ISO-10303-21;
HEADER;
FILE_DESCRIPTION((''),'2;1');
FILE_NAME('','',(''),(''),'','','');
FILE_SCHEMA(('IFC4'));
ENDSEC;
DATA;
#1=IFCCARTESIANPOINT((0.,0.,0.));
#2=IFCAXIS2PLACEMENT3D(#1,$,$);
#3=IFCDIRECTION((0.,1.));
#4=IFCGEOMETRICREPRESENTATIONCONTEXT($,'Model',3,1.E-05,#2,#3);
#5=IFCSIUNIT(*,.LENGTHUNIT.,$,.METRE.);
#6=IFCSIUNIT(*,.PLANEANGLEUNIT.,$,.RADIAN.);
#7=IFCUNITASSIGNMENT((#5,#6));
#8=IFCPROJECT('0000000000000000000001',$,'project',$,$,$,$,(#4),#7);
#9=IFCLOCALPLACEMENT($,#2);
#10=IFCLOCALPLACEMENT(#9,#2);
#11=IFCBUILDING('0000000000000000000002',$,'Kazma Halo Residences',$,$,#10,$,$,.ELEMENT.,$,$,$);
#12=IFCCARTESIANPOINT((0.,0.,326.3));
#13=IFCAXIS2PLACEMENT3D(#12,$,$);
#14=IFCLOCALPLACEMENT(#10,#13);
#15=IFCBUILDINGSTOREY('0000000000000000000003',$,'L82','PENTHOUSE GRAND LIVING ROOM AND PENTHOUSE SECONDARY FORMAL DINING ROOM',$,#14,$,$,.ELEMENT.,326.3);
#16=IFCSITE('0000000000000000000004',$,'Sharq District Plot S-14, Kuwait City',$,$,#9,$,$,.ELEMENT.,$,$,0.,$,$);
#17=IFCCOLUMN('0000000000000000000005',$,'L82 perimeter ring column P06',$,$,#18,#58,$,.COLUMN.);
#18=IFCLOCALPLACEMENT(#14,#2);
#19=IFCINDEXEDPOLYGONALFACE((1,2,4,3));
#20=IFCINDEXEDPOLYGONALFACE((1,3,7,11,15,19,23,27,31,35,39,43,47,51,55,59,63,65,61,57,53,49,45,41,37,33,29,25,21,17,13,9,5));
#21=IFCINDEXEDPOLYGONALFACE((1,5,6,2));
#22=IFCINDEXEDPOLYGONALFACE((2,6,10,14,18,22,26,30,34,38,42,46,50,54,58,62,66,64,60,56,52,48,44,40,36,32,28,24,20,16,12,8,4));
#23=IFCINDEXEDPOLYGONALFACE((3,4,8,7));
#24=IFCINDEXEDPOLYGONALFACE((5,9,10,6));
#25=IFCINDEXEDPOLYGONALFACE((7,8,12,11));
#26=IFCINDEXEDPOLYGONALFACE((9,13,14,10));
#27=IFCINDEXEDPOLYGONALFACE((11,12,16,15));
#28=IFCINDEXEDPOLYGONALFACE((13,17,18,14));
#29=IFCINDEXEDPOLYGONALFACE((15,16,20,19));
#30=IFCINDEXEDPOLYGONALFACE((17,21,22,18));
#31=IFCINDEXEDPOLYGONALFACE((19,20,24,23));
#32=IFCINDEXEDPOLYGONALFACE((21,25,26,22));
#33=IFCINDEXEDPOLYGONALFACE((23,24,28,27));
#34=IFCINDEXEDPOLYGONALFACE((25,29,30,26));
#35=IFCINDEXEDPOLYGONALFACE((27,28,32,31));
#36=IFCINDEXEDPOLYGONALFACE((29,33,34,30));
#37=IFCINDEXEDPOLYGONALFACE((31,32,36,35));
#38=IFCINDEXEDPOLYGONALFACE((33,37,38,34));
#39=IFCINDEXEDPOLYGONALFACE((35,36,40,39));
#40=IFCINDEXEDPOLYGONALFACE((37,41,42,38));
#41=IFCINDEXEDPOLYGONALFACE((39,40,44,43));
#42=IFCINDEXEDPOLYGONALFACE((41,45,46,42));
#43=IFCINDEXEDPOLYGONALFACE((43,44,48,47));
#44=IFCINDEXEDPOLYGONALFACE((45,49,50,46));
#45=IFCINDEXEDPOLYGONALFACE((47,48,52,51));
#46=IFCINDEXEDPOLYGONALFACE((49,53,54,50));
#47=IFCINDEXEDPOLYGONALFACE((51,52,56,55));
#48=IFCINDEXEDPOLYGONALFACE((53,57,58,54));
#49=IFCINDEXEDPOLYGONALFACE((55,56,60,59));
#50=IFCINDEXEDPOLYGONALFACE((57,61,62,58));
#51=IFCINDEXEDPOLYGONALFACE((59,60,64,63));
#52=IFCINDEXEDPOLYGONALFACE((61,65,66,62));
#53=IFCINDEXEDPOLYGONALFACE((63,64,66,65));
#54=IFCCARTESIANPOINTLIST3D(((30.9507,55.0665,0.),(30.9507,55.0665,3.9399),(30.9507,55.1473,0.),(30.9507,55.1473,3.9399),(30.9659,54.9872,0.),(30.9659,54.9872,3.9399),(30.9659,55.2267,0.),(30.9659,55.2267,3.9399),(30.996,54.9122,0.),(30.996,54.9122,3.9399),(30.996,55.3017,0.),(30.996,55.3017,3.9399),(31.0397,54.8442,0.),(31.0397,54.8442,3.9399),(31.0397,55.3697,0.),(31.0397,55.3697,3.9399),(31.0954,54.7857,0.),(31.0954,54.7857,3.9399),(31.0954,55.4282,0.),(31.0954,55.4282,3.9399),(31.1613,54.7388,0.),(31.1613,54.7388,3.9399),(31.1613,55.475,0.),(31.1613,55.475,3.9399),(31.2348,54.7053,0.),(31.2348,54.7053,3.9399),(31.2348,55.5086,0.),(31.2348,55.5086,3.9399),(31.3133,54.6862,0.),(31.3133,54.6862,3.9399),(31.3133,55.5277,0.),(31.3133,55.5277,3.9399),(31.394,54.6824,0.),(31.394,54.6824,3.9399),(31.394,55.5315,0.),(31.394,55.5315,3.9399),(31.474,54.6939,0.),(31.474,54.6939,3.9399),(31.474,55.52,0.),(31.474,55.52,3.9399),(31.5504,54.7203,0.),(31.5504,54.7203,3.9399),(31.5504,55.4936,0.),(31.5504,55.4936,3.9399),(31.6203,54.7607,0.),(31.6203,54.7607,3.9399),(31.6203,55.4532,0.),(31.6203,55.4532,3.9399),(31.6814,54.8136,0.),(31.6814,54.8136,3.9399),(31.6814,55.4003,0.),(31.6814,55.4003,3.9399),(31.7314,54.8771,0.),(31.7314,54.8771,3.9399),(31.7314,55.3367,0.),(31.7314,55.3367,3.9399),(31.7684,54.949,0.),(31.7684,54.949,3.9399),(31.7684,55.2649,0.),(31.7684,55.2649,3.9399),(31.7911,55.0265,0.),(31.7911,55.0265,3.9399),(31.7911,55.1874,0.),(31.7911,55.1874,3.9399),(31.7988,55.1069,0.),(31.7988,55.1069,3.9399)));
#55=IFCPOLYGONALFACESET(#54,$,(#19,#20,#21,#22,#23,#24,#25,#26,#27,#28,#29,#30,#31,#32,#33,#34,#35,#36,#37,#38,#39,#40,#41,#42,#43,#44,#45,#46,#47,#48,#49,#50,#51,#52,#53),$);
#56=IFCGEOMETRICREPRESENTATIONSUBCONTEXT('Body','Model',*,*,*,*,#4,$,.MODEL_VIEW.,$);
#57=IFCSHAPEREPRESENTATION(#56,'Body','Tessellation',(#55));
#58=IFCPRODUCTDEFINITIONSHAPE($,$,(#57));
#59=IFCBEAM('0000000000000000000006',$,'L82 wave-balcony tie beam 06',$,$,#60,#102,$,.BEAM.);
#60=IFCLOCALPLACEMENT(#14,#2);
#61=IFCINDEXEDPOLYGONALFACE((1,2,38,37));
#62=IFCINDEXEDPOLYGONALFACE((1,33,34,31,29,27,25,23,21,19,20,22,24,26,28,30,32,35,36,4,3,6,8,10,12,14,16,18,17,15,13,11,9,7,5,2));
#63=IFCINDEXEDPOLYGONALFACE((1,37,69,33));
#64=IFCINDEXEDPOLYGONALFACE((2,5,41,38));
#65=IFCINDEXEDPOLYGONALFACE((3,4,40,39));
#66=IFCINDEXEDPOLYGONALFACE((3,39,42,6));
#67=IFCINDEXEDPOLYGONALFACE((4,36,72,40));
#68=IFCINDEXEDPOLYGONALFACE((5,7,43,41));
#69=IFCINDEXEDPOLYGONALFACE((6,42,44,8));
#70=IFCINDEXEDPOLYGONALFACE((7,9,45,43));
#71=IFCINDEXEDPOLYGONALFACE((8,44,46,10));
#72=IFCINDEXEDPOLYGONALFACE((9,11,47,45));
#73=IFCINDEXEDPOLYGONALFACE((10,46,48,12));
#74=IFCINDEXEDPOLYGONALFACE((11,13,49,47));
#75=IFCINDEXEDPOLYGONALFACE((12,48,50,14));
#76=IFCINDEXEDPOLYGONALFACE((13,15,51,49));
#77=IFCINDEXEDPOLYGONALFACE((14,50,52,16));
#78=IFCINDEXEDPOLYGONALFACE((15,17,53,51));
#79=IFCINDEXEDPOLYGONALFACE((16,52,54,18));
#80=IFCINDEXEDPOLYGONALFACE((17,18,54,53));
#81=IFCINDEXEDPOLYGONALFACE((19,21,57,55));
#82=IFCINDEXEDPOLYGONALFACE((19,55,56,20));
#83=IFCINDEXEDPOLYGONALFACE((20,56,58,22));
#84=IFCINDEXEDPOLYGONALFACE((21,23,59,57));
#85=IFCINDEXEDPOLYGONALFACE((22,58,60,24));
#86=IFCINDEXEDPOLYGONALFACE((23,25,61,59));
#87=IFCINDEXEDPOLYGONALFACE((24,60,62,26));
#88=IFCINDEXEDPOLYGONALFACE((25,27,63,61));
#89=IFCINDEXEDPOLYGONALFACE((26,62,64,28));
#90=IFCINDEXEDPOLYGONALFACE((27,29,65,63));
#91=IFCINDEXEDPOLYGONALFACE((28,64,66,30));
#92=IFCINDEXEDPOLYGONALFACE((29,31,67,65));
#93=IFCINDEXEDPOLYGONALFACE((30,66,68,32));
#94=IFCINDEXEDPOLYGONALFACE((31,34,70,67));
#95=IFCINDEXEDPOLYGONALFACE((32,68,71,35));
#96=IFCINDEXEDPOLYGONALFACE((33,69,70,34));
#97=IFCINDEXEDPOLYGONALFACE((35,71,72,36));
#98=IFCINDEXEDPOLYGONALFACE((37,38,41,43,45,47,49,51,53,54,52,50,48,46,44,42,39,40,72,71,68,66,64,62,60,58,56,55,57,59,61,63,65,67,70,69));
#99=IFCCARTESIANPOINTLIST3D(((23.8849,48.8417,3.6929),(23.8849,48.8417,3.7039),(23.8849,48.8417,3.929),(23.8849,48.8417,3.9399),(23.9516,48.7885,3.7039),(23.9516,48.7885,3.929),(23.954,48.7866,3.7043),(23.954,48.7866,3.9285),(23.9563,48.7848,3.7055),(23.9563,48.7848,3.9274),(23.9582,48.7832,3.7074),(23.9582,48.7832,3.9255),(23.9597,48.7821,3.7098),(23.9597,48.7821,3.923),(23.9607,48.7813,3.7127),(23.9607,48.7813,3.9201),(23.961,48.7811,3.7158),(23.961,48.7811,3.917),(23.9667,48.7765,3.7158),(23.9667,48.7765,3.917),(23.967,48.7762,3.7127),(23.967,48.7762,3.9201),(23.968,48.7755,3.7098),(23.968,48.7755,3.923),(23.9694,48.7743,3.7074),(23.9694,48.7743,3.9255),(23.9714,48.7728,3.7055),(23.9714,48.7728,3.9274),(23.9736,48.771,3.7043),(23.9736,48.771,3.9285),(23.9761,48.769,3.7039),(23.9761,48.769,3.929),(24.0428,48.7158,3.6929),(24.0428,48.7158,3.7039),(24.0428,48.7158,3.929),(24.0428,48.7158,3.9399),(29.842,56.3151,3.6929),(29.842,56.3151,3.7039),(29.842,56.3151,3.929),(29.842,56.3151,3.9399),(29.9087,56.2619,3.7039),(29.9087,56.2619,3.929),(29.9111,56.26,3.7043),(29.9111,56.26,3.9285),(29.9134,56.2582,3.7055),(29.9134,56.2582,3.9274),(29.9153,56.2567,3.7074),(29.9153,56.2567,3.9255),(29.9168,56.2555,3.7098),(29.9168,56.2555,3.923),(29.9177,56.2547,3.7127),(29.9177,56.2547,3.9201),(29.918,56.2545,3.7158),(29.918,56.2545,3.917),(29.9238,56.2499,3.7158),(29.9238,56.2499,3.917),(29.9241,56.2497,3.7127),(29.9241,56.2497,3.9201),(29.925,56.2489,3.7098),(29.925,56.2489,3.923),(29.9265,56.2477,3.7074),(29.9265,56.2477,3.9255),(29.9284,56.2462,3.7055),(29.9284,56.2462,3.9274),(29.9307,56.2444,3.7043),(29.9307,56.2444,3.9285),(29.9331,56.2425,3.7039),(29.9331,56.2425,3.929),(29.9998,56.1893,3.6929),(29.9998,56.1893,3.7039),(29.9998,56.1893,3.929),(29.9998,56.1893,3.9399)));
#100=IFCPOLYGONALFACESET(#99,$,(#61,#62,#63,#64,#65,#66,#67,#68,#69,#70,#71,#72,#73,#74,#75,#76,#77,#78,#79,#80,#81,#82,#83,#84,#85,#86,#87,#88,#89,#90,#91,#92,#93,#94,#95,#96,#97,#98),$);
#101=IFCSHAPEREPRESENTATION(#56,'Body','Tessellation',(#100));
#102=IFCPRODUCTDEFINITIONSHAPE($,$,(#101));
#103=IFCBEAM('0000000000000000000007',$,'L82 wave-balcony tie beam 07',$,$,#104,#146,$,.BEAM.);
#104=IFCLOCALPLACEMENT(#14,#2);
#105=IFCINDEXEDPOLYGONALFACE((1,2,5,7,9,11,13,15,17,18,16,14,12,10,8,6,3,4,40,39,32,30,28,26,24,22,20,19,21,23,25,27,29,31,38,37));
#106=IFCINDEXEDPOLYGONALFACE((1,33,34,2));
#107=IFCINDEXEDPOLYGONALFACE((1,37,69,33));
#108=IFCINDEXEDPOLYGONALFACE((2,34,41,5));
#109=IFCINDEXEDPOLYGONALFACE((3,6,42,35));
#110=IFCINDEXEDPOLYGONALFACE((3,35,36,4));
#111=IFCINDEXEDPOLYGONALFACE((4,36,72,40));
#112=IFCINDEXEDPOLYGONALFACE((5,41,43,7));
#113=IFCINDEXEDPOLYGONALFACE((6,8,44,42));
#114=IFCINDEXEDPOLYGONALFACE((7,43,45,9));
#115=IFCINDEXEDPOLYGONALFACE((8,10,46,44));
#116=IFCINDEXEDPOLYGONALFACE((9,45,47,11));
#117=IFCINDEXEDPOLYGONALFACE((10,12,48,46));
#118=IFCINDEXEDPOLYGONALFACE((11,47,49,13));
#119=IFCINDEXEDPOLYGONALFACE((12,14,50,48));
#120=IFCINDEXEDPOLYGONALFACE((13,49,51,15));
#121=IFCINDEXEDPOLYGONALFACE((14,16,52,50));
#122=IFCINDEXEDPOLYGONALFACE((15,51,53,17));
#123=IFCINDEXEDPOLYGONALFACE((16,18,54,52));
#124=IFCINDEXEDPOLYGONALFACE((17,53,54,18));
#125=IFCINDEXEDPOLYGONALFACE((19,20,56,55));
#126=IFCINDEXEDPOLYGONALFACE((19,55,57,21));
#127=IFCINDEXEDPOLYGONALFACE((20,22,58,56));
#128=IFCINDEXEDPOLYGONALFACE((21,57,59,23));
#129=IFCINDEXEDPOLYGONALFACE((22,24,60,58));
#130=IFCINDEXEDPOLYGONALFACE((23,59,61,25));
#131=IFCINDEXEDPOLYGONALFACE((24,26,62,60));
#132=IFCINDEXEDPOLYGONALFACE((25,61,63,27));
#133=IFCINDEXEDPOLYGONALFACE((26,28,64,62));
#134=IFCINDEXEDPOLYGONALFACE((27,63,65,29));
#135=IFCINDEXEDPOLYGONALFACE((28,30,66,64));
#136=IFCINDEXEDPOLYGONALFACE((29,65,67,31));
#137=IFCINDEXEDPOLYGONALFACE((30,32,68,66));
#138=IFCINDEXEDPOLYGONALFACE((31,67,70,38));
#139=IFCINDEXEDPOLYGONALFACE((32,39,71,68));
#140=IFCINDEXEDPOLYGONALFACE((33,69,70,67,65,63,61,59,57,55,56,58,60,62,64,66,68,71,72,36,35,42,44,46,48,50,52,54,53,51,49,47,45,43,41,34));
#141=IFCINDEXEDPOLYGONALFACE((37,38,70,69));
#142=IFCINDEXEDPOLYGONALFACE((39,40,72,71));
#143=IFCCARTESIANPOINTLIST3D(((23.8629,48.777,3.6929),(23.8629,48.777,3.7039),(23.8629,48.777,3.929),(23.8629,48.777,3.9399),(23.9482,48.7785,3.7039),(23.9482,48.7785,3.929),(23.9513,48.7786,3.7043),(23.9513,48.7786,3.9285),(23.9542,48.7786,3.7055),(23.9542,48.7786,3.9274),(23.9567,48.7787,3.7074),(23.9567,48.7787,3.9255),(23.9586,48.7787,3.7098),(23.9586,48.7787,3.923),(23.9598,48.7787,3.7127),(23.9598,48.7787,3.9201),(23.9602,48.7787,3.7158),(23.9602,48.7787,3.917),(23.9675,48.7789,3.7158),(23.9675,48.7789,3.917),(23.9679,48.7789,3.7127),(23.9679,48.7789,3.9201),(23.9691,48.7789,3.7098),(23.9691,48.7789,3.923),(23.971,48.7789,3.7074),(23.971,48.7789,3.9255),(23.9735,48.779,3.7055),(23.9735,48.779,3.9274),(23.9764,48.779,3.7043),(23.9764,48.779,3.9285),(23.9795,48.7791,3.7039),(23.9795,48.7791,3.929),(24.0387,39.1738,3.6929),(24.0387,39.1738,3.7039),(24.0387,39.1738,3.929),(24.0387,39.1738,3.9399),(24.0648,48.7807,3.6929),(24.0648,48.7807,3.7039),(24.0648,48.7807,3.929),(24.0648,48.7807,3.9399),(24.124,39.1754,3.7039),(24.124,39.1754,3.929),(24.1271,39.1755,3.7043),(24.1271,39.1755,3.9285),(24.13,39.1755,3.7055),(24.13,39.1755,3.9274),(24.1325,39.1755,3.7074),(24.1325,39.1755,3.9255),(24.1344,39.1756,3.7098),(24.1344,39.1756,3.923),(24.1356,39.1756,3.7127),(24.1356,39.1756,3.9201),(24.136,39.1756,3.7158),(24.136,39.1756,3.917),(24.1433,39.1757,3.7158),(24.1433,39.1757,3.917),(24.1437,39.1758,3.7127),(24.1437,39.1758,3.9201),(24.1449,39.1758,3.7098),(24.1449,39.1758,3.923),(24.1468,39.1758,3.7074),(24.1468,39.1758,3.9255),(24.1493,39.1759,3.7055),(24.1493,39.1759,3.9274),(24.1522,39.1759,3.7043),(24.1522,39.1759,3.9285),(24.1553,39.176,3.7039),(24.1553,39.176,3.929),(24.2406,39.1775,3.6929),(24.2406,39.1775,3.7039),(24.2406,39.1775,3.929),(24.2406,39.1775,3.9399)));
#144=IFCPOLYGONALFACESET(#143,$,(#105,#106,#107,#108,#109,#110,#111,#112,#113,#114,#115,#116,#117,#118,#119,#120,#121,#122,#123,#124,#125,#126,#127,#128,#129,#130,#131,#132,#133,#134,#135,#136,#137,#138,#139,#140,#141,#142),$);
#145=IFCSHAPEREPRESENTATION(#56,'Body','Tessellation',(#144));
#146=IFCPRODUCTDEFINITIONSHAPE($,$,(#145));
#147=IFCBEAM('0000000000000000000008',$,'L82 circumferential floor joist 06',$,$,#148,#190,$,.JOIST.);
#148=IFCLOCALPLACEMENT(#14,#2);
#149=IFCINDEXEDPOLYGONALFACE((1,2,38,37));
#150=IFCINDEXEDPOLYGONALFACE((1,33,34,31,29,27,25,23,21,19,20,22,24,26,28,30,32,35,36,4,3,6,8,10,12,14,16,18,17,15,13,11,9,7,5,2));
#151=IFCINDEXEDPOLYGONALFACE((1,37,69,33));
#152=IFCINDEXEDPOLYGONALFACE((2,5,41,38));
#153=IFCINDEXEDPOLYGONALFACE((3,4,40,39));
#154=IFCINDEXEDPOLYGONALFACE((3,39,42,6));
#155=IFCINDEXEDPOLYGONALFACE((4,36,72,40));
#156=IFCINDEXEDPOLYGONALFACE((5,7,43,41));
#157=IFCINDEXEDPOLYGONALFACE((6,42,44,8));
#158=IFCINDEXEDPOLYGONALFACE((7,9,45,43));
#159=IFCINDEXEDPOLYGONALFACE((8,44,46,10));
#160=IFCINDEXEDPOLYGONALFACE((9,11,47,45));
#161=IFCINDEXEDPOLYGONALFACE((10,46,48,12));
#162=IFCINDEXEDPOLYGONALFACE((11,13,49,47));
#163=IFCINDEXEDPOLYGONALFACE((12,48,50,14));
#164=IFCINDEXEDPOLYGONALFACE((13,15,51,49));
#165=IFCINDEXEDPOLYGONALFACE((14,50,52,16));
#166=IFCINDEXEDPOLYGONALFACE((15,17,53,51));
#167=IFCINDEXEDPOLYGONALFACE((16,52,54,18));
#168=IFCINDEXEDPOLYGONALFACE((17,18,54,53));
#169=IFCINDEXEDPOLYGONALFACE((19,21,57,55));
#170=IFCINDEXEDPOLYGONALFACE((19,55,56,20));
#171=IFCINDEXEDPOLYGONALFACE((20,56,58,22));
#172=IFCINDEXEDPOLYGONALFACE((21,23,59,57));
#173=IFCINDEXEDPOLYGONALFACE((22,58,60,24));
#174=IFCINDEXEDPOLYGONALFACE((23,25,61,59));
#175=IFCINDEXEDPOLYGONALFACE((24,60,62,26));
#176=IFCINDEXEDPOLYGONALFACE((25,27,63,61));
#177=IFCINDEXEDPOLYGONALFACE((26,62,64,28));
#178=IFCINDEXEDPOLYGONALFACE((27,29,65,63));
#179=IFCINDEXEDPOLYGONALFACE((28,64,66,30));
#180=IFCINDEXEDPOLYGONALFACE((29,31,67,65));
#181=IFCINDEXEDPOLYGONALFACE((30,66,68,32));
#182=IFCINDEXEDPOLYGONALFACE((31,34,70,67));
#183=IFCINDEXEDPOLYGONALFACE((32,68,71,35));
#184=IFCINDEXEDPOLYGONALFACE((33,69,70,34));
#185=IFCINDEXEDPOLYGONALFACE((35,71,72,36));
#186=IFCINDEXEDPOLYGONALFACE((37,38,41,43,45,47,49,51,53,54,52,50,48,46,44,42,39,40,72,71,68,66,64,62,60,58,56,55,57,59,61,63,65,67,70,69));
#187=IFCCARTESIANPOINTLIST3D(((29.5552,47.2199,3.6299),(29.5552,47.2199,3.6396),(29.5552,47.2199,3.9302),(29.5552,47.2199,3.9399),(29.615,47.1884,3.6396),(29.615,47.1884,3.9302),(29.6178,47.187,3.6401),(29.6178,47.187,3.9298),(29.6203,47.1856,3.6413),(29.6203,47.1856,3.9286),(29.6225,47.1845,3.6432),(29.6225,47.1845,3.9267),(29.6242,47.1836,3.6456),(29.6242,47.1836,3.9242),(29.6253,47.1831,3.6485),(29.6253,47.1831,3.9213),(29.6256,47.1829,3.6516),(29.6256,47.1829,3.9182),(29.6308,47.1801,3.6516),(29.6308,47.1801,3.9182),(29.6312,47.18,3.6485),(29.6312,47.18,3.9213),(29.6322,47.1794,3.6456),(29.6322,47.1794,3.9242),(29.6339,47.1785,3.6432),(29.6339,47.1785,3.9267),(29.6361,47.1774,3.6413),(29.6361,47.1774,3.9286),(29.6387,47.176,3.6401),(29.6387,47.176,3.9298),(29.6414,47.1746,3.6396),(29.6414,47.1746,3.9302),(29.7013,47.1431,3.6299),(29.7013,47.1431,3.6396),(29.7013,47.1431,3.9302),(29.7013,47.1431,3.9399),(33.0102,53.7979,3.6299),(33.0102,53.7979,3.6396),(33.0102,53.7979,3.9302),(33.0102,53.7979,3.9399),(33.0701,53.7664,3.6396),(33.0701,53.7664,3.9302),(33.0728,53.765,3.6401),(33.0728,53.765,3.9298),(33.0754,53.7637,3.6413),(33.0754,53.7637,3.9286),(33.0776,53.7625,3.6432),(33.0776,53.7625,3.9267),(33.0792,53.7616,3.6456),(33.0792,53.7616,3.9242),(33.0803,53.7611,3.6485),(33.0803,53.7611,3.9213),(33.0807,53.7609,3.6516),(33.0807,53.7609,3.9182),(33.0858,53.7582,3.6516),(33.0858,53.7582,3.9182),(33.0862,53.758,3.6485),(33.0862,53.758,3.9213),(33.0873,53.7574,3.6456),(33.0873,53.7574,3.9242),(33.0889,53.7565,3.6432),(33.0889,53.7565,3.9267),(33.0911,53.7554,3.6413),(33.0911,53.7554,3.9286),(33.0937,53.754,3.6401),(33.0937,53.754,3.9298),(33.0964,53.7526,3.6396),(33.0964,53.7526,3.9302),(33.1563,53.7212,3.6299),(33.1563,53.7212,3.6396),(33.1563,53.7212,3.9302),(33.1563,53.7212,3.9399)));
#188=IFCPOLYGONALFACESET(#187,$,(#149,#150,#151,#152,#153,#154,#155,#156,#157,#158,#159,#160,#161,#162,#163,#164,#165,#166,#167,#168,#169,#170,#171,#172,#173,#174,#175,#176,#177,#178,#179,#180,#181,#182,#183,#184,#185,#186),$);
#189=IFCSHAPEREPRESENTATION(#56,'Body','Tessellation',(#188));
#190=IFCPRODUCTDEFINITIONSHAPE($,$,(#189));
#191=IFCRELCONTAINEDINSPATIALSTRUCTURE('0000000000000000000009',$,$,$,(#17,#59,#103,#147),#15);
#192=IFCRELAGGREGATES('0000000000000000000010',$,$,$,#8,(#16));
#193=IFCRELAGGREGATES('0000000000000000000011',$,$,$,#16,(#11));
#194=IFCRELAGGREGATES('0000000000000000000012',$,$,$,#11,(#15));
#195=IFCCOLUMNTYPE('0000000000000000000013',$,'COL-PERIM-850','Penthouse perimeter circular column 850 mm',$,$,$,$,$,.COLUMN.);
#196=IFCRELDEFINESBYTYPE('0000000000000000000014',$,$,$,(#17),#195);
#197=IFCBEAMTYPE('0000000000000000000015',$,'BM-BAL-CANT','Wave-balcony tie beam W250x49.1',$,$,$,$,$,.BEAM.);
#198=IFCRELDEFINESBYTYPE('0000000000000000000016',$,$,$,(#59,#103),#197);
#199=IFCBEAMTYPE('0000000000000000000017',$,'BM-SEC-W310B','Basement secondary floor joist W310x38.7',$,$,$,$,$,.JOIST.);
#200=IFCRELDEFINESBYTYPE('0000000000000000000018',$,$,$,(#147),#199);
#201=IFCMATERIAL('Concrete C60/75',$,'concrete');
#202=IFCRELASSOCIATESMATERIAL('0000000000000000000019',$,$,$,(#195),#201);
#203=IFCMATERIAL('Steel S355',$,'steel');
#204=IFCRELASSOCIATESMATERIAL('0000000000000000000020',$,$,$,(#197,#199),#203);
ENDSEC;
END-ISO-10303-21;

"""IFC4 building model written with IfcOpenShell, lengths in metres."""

from ifc_helpers import new_model, si_unit, direction, frame, origin, origin_2d, place, context, subcontext, project, spatial, circle, i_section, extrude, material, material_profile, profile_set, type_object, element, save


model = new_model("IFC4")

# Units and contexts
model_context = context("Model", 3, precision=1e-05, world=origin(), true_north=direction((0.0, 1.0)))
body_context = subcontext(model_context, "Body", "Model", "MODEL_VIEW")
ifc_project = project(units=[si_unit("LENGTHUNIT", "METRE"), si_unit("PLANEANGLEUNIT", "RADIAN")], contexts=[model_context])

# Site, building, storey
site_placement = place(None, origin())
site = spatial("IfcSite", under=ifc_project, at=site_placement, Name="Sharq District Plot S-14, Kuwait City", CompositionType="ELEMENT", RefElevation=0.0)
building_placement = place(site_placement, origin())
building = spatial("IfcBuilding", under=site, at=building_placement, Name="Kazma Halo Residences", CompositionType="ELEMENT")
storey_placement = place(building_placement, frame((0.0, 0.0, 326.3)))
storey = spatial("IfcBuildingStorey", under=building, at=storey_placement, Name="L82", Description="PENTHOUSE GRAND LIVING ROOM AND PENTHOUSE SECONDARY FORMAL DINING ROOM", CompositionType="ELEMENT", Elevation=326.3)

# Column
ifc_material_1 = material(Name="Concrete C60/75", Category="concrete")
ifc_material_profile_1 = material_profile(ifc_material_1, circle(Radius=0.425, at=origin_2d()), Name="CIRC850")
ifc_profile_set_1 = profile_set([ifc_material_profile_1], Name="Concrete C60/75")
column_type = type_object("IfcColumnType", Name="COL-PERIM-850", Description="Penthouse perimeter circular column 850 mm", PredefinedType="COLUMN", material=ifc_profile_set_1)
column_placement = place(storey_placement, frame((31.3738, 55.1069, 0.0), z_axis=(0.0, 0.0, 1.0), x_axis=(1.0, 0.0, 0.0)))
element("IfcColumn", 1, at=column_placement, inside=storey, type_object=column_type, Name="L82 perimeter ring column P06", PredefinedType="COLUMN", context=body_context, shape_type="SweptSolid", body=[
    extrude(circle(Radius=0.425, at=origin_2d()), origin(), (0.0, 0.0, 1.0), 3.9399),
])

# Beams
ifc_material_2 = material(Name="Steel S355", Category="steel")
ifc_material_profile_2 = material_profile(ifc_material_2, i_section(OverallWidth=0.2019, OverallDepth=0.2471, WebThickness=0.0073, FlangeThickness=0.011, FilletRadius=0.012, at=origin_2d()), Name="W250x49.1")
ifc_profile_set_2 = profile_set([ifc_material_profile_2], Name="Steel S355")
beam_type_1 = type_object("IfcBeamType", Name="BM-BAL-CANT", Description="Wave-balcony tie beam W250x49.1", PredefinedType="BEAM", material=ifc_profile_set_2)
beam_1_placement = place(storey_placement, frame((29.9209, 56.2522, 3.8164), z_axis=(-0.623311, -0.781974, 0.0), x_axis=(0.781974, -0.623311, 0.0)))
element("IfcBeam", 2, at=beam_1_placement, inside=storey, type_object=beam_type_1, Name="L82 wave-balcony tie beam 06", PredefinedType="BEAM", context=body_context, shape_type="SweptSolid", body=[
    extrude(i_section(OverallWidth=0.2019, OverallDepth=0.2471, WebThickness=0.0073, FlangeThickness=0.011, FilletRadius=0.012, at=origin_2d()), origin(), (0.0, 0.0, 1.0), 9.5571),
])
beam_2_placement = place(storey_placement, frame((23.9639, 48.7788, 3.8164), z_axis=(0.018302, -0.999833, 0.0), x_axis=(0.999833, 0.018302, 0.0)))
element("IfcBeam", 3, at=beam_2_placement, inside=storey, type_object=beam_type_1, Name="L82 wave-balcony tie beam 07", PredefinedType="BEAM", context=body_context, shape_type="SweptSolid", body=[
    extrude(i_section(OverallWidth=0.2019, OverallDepth=0.2471, WebThickness=0.0073, FlangeThickness=0.011, FilletRadius=0.012, at=origin_2d()), origin(), (0.0, 0.0, 1.0), 9.6047),
])
ifc_material_profile_3 = material_profile(ifc_material_2, i_section(OverallWidth=0.165, OverallDepth=0.3101, WebThickness=0.0059, FlangeThickness=0.0098, FilletRadius=0.012, at=origin_2d()), Name="W310x38.7")
ifc_profile_set_3 = profile_set([ifc_material_profile_3], Name="Steel S355")
beam_type_2 = type_object("IfcBeamType", Name="BM-SEC-W310B", Description="Basement secondary floor joist W310x38.7", PredefinedType="JOIST", material=ifc_profile_set_3)
beam_3_placement = place(storey_placement, frame((33.0833, 53.7595, 3.7849), z_axis=(-0.464999, -0.885311, 0.0), x_axis=(0.885311, -0.464999, 0.0)))
element("IfcBeam", 4, at=beam_3_placement, inside=storey, type_object=beam_type_2, Name="L82 circumferential floor joist 06", PredefinedType="JOIST", context=body_context, shape_type="SweptSolid", body=[
    extrude(i_section(OverallWidth=0.165, OverallDepth=0.3101, WebThickness=0.0059, FlangeThickness=0.0098, FilletRadius=0.012, at=origin_2d()), origin(), (0.0, 0.0, 1.0), 7.4302),
])

save(model, "model.ifc")
